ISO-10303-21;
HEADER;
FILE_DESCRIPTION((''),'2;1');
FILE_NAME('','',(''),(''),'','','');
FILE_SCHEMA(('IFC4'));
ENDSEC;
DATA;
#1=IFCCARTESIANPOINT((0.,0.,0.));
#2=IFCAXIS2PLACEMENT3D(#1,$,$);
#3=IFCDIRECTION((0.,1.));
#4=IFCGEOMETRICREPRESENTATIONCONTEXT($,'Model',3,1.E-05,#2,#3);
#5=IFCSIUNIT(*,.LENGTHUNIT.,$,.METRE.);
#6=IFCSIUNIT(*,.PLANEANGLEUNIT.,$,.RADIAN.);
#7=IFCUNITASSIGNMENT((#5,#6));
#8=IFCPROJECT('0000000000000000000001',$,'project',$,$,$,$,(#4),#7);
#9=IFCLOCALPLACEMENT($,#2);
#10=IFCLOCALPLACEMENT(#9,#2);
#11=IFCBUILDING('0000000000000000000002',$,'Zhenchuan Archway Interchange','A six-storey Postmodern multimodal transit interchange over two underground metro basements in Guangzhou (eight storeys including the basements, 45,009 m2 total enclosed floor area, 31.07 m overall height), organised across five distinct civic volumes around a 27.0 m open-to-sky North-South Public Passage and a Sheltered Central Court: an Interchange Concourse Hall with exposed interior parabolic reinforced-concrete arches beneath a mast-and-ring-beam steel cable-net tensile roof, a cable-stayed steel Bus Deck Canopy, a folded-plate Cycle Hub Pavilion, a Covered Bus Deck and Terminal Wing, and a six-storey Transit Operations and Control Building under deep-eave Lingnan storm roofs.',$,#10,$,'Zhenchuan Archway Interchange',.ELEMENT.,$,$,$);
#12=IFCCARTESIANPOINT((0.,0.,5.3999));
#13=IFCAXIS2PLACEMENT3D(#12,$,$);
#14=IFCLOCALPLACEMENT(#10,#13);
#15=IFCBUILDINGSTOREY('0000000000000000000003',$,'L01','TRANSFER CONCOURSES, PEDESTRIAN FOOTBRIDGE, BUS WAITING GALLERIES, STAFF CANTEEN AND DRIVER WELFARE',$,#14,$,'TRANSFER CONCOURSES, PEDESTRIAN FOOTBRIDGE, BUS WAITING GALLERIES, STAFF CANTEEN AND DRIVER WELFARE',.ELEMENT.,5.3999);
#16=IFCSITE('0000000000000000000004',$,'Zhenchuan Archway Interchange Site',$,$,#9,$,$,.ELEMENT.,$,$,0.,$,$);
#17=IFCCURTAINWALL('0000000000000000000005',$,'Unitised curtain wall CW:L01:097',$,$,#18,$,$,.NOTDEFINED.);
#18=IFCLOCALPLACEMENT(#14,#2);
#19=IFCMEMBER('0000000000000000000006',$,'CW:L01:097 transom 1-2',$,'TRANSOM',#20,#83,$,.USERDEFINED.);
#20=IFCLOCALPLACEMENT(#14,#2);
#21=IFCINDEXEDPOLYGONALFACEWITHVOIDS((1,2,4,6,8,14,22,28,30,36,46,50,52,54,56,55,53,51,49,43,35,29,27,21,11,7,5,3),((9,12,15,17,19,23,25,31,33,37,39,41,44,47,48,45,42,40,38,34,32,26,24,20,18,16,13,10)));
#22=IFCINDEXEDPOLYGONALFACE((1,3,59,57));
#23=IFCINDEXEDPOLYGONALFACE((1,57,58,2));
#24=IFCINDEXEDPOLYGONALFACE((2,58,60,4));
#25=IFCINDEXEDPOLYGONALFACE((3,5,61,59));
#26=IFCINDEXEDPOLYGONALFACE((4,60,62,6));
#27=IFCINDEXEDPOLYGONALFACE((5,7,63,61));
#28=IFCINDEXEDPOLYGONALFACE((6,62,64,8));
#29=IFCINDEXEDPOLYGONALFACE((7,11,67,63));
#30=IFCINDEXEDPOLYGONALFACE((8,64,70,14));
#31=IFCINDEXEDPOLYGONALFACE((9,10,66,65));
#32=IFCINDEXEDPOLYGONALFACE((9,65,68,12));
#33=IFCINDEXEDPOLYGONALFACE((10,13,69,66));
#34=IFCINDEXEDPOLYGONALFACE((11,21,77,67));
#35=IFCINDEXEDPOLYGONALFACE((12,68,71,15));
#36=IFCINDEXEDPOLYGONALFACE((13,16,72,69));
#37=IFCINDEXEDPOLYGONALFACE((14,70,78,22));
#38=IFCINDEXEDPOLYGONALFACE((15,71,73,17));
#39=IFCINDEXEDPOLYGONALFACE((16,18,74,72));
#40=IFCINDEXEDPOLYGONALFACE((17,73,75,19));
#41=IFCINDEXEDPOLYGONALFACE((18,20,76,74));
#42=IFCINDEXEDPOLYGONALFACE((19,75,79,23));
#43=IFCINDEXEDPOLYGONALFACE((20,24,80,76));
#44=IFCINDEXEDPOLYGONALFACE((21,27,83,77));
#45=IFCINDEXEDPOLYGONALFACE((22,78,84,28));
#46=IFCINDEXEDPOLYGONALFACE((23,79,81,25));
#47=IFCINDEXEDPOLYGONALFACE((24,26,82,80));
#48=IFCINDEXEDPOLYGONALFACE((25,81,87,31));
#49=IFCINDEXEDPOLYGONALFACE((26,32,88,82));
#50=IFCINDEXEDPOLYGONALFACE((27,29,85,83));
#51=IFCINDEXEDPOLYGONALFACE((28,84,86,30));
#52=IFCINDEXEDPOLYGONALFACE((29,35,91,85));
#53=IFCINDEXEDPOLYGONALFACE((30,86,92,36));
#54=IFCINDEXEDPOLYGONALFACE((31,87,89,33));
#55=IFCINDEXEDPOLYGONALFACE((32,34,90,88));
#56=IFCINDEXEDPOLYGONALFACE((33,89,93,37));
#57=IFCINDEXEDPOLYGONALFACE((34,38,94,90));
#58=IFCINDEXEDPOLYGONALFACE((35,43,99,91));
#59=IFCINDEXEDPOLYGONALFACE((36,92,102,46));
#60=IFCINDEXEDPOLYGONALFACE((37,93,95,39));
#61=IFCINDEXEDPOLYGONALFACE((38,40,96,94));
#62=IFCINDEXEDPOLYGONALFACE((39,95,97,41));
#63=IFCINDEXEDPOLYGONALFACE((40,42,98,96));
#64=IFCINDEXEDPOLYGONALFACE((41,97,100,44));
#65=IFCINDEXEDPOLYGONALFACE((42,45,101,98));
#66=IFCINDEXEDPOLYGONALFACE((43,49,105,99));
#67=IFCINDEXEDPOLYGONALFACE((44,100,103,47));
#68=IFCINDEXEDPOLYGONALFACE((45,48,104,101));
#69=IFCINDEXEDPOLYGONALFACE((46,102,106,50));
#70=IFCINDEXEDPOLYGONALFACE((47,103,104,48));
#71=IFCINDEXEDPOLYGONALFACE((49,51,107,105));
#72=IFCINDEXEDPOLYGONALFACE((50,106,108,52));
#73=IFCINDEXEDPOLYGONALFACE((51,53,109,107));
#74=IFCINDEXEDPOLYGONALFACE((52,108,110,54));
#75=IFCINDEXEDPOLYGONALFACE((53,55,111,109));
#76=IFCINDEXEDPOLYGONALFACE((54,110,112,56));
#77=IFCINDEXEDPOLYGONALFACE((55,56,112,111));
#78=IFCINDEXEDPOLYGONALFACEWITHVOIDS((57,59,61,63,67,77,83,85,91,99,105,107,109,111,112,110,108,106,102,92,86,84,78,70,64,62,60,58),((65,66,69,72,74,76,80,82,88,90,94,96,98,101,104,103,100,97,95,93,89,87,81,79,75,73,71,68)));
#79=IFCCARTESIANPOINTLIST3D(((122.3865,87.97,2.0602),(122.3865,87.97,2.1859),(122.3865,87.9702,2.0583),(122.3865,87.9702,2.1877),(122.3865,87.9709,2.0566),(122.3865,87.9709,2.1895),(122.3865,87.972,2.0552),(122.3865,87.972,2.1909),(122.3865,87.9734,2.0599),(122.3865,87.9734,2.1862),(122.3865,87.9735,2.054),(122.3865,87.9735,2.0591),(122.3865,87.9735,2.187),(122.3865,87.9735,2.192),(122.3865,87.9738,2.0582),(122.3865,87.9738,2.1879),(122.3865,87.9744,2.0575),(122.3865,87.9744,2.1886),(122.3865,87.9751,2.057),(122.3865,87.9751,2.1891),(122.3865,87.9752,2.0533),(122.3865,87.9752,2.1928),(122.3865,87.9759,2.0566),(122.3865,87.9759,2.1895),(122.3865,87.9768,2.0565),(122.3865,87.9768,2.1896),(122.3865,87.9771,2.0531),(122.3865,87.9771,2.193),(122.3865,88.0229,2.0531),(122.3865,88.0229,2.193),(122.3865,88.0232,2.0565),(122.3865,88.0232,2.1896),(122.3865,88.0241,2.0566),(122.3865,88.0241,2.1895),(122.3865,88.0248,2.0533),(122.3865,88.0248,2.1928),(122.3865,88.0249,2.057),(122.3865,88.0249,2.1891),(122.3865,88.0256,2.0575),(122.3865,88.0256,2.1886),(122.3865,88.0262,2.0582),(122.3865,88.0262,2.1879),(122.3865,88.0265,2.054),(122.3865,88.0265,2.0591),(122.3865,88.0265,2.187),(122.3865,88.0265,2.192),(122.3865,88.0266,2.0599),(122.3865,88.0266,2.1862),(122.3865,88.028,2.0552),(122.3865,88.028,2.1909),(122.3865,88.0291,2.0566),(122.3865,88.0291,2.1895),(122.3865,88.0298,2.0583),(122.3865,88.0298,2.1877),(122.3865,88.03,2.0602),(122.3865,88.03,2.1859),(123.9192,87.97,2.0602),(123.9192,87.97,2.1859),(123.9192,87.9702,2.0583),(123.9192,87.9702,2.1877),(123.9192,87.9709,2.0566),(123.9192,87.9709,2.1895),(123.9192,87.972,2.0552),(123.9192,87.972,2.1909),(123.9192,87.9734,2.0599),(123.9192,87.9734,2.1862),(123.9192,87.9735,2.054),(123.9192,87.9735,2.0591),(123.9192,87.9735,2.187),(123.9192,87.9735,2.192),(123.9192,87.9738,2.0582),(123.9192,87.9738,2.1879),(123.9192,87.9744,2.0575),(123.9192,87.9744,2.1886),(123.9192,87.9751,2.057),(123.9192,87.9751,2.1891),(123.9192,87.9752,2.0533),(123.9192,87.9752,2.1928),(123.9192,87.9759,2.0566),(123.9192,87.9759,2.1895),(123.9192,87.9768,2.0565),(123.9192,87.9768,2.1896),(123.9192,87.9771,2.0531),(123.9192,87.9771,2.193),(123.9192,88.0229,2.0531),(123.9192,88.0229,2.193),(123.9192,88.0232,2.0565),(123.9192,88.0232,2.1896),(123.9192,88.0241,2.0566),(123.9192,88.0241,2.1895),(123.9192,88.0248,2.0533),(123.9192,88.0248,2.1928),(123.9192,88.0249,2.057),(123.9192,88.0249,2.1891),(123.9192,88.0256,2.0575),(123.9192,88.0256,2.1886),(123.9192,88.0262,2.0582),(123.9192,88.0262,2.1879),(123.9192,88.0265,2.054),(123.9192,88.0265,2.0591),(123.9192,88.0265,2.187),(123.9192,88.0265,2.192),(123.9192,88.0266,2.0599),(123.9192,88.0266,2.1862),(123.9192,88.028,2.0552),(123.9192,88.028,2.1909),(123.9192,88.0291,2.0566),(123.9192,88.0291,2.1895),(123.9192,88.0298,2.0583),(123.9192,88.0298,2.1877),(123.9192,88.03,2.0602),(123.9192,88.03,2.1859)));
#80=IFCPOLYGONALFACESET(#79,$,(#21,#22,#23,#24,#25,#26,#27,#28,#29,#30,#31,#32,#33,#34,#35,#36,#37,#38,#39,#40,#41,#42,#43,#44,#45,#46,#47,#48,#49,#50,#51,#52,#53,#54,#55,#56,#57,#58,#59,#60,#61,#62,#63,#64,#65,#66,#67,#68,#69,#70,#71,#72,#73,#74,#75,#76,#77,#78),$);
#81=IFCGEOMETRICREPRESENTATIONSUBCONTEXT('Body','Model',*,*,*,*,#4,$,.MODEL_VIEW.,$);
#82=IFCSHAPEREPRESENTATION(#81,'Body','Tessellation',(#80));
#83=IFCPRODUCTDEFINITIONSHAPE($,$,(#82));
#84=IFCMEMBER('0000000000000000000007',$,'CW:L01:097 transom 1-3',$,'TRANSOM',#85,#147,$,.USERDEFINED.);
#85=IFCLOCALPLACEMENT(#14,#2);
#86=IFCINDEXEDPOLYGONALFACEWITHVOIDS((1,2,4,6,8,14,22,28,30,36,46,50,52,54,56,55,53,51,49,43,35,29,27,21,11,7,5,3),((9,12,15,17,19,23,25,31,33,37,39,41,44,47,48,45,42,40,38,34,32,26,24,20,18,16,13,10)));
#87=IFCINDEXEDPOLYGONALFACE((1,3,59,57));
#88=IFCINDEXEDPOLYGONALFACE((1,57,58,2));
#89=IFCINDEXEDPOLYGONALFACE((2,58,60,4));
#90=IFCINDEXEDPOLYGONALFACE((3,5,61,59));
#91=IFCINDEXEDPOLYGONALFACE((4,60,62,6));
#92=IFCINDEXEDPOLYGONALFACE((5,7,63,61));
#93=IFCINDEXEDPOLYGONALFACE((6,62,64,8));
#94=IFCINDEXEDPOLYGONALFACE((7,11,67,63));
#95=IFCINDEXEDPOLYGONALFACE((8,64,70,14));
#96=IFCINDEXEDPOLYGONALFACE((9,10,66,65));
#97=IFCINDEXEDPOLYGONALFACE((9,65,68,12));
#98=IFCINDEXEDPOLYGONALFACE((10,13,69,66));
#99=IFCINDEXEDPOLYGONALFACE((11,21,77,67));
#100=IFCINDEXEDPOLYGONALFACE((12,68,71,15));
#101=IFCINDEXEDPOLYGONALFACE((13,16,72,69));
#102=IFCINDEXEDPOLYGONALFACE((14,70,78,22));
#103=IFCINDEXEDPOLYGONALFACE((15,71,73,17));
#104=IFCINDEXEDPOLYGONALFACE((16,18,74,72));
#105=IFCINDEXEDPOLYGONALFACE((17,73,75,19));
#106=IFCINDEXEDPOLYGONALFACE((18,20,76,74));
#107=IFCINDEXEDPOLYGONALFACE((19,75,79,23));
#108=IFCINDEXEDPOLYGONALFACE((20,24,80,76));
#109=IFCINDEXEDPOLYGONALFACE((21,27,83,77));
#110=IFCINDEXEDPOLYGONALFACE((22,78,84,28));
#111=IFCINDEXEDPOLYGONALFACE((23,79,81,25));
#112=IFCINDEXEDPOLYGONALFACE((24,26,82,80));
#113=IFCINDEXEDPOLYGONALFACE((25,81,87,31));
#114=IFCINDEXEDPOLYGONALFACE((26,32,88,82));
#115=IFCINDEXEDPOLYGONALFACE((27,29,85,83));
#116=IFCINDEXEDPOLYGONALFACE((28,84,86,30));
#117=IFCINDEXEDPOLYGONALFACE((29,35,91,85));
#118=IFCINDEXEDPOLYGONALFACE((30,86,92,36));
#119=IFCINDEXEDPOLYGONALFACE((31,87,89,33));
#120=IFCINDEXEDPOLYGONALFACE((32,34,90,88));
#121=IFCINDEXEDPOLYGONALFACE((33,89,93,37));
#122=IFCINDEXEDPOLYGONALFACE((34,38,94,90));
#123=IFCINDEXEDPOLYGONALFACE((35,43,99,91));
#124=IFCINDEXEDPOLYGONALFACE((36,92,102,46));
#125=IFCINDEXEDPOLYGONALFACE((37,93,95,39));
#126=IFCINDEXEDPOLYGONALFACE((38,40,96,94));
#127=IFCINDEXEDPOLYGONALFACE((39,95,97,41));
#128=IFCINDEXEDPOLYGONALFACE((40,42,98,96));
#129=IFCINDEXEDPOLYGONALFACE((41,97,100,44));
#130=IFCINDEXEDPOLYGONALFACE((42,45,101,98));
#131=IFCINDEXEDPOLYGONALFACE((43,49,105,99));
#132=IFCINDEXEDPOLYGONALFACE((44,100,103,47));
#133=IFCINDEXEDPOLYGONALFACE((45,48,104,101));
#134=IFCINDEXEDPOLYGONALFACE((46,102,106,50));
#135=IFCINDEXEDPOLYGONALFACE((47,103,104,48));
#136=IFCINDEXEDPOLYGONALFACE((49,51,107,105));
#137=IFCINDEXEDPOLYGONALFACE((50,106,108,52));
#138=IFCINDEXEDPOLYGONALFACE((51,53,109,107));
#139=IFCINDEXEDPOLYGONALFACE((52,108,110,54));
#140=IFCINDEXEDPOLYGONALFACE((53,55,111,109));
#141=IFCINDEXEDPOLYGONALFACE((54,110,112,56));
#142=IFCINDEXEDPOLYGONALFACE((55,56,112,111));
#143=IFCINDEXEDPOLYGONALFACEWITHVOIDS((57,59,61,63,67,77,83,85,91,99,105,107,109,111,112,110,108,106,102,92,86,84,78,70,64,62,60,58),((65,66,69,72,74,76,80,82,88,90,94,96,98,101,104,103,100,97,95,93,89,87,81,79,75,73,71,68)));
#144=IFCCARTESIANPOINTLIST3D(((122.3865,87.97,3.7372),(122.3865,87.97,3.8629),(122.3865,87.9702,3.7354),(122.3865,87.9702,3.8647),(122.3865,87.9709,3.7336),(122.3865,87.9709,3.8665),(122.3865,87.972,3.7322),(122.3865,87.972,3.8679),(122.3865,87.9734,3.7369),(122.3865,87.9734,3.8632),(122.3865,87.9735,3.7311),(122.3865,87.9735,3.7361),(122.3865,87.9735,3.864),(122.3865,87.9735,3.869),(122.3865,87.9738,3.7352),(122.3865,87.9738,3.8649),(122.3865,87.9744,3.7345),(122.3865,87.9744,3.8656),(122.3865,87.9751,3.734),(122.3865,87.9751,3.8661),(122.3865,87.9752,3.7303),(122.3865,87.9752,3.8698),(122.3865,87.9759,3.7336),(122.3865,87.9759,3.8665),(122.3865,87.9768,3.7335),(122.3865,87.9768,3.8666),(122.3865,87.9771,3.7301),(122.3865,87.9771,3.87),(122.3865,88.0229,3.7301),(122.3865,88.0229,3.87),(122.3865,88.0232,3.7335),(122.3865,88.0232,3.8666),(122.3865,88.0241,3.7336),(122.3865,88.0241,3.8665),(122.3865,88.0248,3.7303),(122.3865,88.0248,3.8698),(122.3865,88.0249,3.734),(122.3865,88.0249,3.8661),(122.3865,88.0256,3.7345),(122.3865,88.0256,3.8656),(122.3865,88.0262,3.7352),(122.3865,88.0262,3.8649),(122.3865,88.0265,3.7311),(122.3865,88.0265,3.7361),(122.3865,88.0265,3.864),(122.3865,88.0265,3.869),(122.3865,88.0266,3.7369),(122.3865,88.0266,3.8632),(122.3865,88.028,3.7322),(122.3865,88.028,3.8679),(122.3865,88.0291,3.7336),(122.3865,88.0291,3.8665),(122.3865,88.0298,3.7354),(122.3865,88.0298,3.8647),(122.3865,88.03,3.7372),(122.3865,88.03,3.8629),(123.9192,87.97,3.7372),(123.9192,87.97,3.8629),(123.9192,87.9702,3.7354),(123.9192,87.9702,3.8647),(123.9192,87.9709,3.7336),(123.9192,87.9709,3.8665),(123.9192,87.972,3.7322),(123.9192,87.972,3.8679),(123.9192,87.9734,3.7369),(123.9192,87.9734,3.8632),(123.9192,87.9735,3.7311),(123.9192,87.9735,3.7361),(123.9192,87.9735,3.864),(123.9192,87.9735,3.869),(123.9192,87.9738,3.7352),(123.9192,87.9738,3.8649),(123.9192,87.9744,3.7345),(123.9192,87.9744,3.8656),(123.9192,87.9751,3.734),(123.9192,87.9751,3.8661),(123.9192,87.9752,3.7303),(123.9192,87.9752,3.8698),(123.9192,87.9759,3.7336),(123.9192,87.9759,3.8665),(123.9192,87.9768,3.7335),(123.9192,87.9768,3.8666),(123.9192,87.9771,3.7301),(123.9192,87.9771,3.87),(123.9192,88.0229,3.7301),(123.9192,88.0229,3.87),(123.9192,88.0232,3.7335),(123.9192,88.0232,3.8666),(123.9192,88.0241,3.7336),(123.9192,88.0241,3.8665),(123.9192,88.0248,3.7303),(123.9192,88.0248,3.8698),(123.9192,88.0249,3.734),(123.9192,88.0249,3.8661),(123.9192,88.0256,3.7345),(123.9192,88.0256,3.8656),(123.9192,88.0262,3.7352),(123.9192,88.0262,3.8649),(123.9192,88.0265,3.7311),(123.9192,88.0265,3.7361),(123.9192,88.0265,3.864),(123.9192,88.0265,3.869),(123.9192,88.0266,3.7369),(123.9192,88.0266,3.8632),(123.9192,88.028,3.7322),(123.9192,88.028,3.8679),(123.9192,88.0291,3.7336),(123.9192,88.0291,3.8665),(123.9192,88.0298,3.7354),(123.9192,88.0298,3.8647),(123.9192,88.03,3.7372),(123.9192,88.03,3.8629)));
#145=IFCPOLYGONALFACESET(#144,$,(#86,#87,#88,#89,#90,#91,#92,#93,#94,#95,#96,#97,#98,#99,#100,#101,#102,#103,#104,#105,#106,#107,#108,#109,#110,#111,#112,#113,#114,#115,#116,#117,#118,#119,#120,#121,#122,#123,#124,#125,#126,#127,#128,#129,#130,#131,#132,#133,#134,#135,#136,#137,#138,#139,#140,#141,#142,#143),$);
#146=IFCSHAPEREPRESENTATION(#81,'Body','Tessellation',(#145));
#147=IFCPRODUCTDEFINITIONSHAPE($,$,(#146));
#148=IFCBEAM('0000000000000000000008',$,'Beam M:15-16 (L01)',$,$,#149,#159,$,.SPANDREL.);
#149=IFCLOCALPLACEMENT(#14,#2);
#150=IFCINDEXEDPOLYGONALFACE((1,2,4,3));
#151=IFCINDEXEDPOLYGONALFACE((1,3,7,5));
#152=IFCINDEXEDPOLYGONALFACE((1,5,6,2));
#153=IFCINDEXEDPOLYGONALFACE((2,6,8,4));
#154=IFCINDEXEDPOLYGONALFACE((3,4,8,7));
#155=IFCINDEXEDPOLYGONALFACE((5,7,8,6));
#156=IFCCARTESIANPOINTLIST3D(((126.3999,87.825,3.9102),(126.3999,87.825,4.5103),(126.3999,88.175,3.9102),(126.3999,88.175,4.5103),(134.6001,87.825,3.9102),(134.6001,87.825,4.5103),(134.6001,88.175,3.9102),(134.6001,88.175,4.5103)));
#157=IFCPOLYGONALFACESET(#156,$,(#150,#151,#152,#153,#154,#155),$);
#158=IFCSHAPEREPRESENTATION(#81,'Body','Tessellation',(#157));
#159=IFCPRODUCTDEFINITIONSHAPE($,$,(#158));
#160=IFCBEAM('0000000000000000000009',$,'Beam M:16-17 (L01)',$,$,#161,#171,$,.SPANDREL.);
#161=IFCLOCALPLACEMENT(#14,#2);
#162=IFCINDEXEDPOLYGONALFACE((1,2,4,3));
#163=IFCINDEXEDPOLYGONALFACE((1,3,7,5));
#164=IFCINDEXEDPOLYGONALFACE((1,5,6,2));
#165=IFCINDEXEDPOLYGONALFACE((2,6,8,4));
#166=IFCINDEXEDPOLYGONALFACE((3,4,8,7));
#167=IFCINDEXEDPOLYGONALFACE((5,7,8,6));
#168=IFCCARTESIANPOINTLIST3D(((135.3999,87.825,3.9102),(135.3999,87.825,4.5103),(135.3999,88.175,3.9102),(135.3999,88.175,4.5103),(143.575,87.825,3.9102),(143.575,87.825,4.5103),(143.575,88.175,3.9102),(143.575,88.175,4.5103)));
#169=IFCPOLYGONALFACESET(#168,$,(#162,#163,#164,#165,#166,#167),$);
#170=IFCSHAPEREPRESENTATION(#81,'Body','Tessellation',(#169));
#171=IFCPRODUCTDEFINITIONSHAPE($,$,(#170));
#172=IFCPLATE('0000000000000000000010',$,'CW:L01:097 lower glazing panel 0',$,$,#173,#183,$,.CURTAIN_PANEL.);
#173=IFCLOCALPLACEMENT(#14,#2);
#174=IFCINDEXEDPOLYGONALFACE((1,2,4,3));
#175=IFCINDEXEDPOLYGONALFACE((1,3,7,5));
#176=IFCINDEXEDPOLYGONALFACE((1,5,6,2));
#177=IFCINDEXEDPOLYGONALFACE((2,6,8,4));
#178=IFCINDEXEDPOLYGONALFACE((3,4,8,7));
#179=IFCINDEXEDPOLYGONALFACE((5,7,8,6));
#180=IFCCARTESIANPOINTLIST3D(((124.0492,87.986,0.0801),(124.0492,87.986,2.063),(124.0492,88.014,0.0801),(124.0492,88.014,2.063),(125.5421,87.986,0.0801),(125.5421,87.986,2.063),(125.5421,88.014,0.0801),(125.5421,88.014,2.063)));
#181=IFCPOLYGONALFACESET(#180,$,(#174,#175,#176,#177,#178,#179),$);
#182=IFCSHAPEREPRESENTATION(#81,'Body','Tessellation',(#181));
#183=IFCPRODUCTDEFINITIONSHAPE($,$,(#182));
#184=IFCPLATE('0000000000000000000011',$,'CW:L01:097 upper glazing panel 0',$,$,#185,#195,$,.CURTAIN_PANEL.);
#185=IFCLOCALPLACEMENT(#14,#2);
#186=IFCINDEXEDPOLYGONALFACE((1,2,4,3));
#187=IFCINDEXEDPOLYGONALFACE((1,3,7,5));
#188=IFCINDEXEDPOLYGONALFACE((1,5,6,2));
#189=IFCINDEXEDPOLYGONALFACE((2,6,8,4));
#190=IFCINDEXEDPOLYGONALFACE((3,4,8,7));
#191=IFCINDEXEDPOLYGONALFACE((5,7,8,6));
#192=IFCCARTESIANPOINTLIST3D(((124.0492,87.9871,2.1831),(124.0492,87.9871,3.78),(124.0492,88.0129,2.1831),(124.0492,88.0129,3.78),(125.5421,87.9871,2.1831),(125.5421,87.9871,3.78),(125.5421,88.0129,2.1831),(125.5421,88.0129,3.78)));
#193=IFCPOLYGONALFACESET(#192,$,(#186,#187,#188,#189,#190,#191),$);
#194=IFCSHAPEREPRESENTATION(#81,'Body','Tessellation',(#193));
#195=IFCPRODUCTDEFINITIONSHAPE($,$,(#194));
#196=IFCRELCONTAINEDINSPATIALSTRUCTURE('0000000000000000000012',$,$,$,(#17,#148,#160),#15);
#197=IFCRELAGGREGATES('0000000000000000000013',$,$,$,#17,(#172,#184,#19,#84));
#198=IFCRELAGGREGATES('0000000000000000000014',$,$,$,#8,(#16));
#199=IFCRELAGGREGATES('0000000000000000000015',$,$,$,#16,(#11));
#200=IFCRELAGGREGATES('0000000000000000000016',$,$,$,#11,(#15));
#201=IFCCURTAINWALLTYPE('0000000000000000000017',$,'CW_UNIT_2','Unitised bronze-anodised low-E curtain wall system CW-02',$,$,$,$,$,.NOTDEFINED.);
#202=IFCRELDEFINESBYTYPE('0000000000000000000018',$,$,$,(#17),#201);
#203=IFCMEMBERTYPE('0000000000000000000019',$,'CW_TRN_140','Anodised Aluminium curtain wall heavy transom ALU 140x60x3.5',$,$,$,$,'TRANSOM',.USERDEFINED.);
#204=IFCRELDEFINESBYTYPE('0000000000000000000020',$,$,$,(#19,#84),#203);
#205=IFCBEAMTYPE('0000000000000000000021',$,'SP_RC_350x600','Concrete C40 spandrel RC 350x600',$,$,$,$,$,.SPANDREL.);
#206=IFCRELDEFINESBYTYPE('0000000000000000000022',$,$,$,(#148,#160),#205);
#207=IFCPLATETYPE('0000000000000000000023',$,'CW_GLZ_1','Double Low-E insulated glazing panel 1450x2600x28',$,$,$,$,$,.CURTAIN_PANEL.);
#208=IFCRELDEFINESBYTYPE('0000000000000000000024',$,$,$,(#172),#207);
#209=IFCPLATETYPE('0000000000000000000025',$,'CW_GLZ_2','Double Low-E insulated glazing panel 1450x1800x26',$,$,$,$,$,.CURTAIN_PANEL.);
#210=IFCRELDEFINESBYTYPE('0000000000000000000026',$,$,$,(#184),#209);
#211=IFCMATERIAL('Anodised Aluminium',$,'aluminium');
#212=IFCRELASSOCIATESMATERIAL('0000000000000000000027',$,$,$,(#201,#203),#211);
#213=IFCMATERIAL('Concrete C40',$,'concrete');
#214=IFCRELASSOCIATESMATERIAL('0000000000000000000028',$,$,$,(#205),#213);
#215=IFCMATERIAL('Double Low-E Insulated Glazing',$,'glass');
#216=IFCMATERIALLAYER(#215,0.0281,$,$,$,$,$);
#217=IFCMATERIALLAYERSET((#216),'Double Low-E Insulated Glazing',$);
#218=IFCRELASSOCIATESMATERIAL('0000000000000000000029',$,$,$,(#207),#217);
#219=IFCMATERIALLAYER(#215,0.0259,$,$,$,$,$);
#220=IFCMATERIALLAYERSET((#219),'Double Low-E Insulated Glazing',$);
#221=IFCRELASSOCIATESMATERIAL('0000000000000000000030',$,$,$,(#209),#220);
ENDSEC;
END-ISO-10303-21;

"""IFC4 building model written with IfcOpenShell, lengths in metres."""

from ifc_helpers import new_model, si_unit, direction, frame, origin, origin_2d, place, context, subcontext, project, spatial, rectangle, hollow_rectangle, extrude, material, layer, layer_set, material_profile, profile_set, type_object, element, aggregate, save


model = new_model("IFC4")

# Units and contexts
model_context = context("Model", 3, precision=1e-05, world=origin(), true_north=direction((0.0, 1.0)))
body_context = subcontext(model_context, "Body", "Model", "MODEL_VIEW")
ifc_project = project(units=[si_unit("LENGTHUNIT", "METRE"), si_unit("PLANEANGLEUNIT", "RADIAN")], contexts=[model_context])

# Site, building, storey
site_placement = place(None, origin())
site = spatial("IfcSite", under=ifc_project, at=site_placement, Name="Zhenchuan Archway Interchange Site", CompositionType="ELEMENT", RefElevation=0.0)
building_placement = place(site_placement, origin())
building = spatial("IfcBuilding", under=site, at=building_placement, Name="Zhenchuan Archway Interchange", Description="A six-storey Postmodern multimodal transit interchange over two underground metro basements in Guangzhou (eight storeys including the basements, 45,009 m2 total enclosed floor area, 31.07 m overall height), organised across five distinct civic volumes around a 27.0 m open-to-sky North-South Public Passage and a Sheltered Central Court: an Interchange Concourse Hall with exposed interior parabolic reinforced-concrete arches beneath a mast-and-ring-beam steel cable-net tensile roof, a cable-stayed steel Bus Deck Canopy, a folded-plate Cycle Hub Pavilion, a Covered Bus Deck and Terminal Wing, and a six-storey Transit Operations and Control Building under deep-eave Lingnan storm roofs.", LongName="Zhenchuan Archway Interchange", CompositionType="ELEMENT")
storey_placement = place(building_placement, frame((0.0, 0.0, 5.3999)))
storey = spatial("IfcBuildingStorey", under=building, at=storey_placement, Name="L01", Description="TRANSFER CONCOURSES, PEDESTRIAN FOOTBRIDGE, BUS WAITING GALLERIES, STAFF CANTEEN AND DRIVER WELFARE", LongName="TRANSFER CONCOURSES, PEDESTRIAN FOOTBRIDGE, BUS WAITING GALLERIES, STAFF CANTEEN AND DRIVER WELFARE", CompositionType="ELEMENT", Elevation=5.3999)

# Shared definitions
ifc_material_1 = material(Name="Concrete C40", Category="concrete")

# Curtain wall
ifc_material_2 = material(Name="Anodised Aluminium", Category="aluminium")
curtain_wall_type_1 = type_object("IfcCurtainWallType", Name="CW_UNIT_2", Description="Unitised bronze-anodised low-E curtain wall system CW-02", PredefinedType="NOTDEFINED", material=ifc_material_2)
curtain_wall_1_placement = place(storey_placement, origin())
curtain_wall_1 = element("IfcCurtainWall", 1, at=curtain_wall_1_placement, inside=storey, type_object=curtain_wall_type_1, Name="Unitised curtain wall CW:L01:097", PredefinedType="NOTDEFINED")

# Members
ifc_material_profile_1 = material_profile(ifc_material_2, hollow_rectangle(XDim=0.0601, YDim=0.1399, WallThickness=0.0034, InnerFilletRadius=0.0034, OuterFilletRadius=0.0071, at=origin_2d()), Name="ALU 140x60x3.5")
ifc_profile_set_1 = profile_set([ifc_material_profile_1], Name="Anodised Aluminium")
member_type_1 = type_object("IfcMemberType", Name="CW_TRN_140", Description="Anodised Aluminium curtain wall heavy transom ALU 140x60x3.5", ElementType="TRANSOM", PredefinedType="USERDEFINED", material=ifc_profile_set_1)
member_1_placement = place(storey_placement, frame((123.9192, 88.0, 2.123), z_axis=(-1.0, 0.0, 0.0), x_axis=(0.0, -1.0, 0.0)))
member_1 = element("IfcMember", 2, at=member_1_placement, type_object=member_type_1, Name="CW:L01:097 transom 1-2", ObjectType="TRANSOM", PredefinedType="USERDEFINED", context=body_context, shape_type="SweptSolid", body=[
    extrude(hollow_rectangle(XDim=0.0601, YDim=0.1399, WallThickness=0.0034, InnerFilletRadius=0.0034, OuterFilletRadius=0.0071, at=origin_2d()), origin(), (0.0, 0.0, 1.0), 1.5327),
])
member_2_placement = place(storey_placement, frame((123.9192, 88.0, 3.8), z_axis=(-1.0, 0.0, 0.0), x_axis=(0.0, -1.0, 0.0)))
member_2 = element("IfcMember", 3, at=member_2_placement, type_object=member_type_1, Name="CW:L01:097 transom 1-3", ObjectType="TRANSOM", PredefinedType="USERDEFINED", context=body_context, shape_type="SweptSolid", body=[
    extrude(hollow_rectangle(XDim=0.0601, YDim=0.1399, WallThickness=0.0034, InnerFilletRadius=0.0034, OuterFilletRadius=0.0071, at=origin_2d()), origin(), (0.0, 0.0, 1.0), 1.5327),
])

# Beams
ifc_material_profile_2 = material_profile(ifc_material_1, rectangle(XDim=0.3501, YDim=0.6001, at=origin_2d()), Name="RC 350x600")
ifc_profile_set_2 = profile_set([ifc_material_profile_2], Name="Concrete C40")
beam_type = type_object("IfcBeamType", Name="SP_RC_350x600", Description="Concrete C40 spandrel RC 350x600", PredefinedType="SPANDREL", material=ifc_profile_set_2)
beam_1_placement = place(storey_placement, frame((126.3999, 88.0, 4.2102), z_axis=(1.0, 0.0, 0.0), x_axis=(0.0, 1.0, 0.0)))
element("IfcBeam", 4, at=beam_1_placement, inside=storey, type_object=beam_type, Name="Beam M:15-16 (L01)", PredefinedType="SPANDREL", context=body_context, shape_type="SweptSolid", body=[
    extrude(rectangle(XDim=0.3501, YDim=0.6001, at=origin_2d()), origin(), (0.0, 0.0, 1.0), 8.2002),
])
beam_2_placement = place(storey_placement, frame((135.3999, 88.0, 4.2102), z_axis=(1.0, 0.0, 0.0), x_axis=(0.0, 1.0, 0.0)))
element("IfcBeam", 5, at=beam_2_placement, inside=storey, type_object=beam_type, Name="Beam M:16-17 (L01)", PredefinedType="SPANDREL", context=body_context, shape_type="SweptSolid", body=[
    extrude(rectangle(XDim=0.3501, YDim=0.6001, at=origin_2d()), origin(), (0.0, 0.0, 1.0), 8.175),
])

# Plates
ifc_material_3 = material(Name="Double Low-E Insulated Glazing", Category="glass")
ifc_layer_1 = layer(ifc_material_3, 0.0281)
ifc_layer_set_1 = layer_set([ifc_layer_1], Name="Double Low-E Insulated Glazing")
plate_type_1 = type_object("IfcPlateType", Name="CW_GLZ_1", Description="Double Low-E insulated glazing panel 1450x2600x28", PredefinedType="CURTAIN_PANEL", material=ifc_layer_set_1)
plate_1_placement = place(storey_placement, frame((124.7957, 88.0, 0.0801), z_axis=(0.0, 0.0, 1.0), x_axis=(-1.0, 0.0, 0.0)))
plate_1 = element("IfcPlate", 6, at=plate_1_placement, type_object=plate_type_1, Name="CW:L01:097 lower glazing panel 0", PredefinedType="CURTAIN_PANEL", context=body_context, shape_type="SweptSolid", body=[
    extrude(rectangle(XDim=1.4929, YDim=0.0281, at=origin_2d()), origin(), (0.0, 0.0, 1.0), 1.9829),
])
ifc_layer_2 = layer(ifc_material_3, 0.0259)
ifc_layer_set_2 = layer_set([ifc_layer_2], Name="Double Low-E Insulated Glazing")
plate_type_2 = type_object("IfcPlateType", Name="CW_GLZ_2", Description="Double Low-E insulated glazing panel 1450x1800x26", PredefinedType="CURTAIN_PANEL", material=ifc_layer_set_2)
plate_2_placement = place(storey_placement, frame((124.7957, 88.0, 2.1831), z_axis=(0.0, 0.0, 1.0), x_axis=(-1.0, 0.0, 0.0)))
plate_2 = element("IfcPlate", 7, at=plate_2_placement, type_object=plate_type_2, Name="CW:L01:097 upper glazing panel 0", PredefinedType="CURTAIN_PANEL", context=body_context, shape_type="SweptSolid", body=[
    extrude(rectangle(XDim=1.4929, YDim=0.0259, at=origin_2d()), origin(), (0.0, 0.0, 1.0), 1.5969),
])
aggregate(curtain_wall_1, [plate_1, plate_2, member_1, member_2])

save(model, "model.ifc")
